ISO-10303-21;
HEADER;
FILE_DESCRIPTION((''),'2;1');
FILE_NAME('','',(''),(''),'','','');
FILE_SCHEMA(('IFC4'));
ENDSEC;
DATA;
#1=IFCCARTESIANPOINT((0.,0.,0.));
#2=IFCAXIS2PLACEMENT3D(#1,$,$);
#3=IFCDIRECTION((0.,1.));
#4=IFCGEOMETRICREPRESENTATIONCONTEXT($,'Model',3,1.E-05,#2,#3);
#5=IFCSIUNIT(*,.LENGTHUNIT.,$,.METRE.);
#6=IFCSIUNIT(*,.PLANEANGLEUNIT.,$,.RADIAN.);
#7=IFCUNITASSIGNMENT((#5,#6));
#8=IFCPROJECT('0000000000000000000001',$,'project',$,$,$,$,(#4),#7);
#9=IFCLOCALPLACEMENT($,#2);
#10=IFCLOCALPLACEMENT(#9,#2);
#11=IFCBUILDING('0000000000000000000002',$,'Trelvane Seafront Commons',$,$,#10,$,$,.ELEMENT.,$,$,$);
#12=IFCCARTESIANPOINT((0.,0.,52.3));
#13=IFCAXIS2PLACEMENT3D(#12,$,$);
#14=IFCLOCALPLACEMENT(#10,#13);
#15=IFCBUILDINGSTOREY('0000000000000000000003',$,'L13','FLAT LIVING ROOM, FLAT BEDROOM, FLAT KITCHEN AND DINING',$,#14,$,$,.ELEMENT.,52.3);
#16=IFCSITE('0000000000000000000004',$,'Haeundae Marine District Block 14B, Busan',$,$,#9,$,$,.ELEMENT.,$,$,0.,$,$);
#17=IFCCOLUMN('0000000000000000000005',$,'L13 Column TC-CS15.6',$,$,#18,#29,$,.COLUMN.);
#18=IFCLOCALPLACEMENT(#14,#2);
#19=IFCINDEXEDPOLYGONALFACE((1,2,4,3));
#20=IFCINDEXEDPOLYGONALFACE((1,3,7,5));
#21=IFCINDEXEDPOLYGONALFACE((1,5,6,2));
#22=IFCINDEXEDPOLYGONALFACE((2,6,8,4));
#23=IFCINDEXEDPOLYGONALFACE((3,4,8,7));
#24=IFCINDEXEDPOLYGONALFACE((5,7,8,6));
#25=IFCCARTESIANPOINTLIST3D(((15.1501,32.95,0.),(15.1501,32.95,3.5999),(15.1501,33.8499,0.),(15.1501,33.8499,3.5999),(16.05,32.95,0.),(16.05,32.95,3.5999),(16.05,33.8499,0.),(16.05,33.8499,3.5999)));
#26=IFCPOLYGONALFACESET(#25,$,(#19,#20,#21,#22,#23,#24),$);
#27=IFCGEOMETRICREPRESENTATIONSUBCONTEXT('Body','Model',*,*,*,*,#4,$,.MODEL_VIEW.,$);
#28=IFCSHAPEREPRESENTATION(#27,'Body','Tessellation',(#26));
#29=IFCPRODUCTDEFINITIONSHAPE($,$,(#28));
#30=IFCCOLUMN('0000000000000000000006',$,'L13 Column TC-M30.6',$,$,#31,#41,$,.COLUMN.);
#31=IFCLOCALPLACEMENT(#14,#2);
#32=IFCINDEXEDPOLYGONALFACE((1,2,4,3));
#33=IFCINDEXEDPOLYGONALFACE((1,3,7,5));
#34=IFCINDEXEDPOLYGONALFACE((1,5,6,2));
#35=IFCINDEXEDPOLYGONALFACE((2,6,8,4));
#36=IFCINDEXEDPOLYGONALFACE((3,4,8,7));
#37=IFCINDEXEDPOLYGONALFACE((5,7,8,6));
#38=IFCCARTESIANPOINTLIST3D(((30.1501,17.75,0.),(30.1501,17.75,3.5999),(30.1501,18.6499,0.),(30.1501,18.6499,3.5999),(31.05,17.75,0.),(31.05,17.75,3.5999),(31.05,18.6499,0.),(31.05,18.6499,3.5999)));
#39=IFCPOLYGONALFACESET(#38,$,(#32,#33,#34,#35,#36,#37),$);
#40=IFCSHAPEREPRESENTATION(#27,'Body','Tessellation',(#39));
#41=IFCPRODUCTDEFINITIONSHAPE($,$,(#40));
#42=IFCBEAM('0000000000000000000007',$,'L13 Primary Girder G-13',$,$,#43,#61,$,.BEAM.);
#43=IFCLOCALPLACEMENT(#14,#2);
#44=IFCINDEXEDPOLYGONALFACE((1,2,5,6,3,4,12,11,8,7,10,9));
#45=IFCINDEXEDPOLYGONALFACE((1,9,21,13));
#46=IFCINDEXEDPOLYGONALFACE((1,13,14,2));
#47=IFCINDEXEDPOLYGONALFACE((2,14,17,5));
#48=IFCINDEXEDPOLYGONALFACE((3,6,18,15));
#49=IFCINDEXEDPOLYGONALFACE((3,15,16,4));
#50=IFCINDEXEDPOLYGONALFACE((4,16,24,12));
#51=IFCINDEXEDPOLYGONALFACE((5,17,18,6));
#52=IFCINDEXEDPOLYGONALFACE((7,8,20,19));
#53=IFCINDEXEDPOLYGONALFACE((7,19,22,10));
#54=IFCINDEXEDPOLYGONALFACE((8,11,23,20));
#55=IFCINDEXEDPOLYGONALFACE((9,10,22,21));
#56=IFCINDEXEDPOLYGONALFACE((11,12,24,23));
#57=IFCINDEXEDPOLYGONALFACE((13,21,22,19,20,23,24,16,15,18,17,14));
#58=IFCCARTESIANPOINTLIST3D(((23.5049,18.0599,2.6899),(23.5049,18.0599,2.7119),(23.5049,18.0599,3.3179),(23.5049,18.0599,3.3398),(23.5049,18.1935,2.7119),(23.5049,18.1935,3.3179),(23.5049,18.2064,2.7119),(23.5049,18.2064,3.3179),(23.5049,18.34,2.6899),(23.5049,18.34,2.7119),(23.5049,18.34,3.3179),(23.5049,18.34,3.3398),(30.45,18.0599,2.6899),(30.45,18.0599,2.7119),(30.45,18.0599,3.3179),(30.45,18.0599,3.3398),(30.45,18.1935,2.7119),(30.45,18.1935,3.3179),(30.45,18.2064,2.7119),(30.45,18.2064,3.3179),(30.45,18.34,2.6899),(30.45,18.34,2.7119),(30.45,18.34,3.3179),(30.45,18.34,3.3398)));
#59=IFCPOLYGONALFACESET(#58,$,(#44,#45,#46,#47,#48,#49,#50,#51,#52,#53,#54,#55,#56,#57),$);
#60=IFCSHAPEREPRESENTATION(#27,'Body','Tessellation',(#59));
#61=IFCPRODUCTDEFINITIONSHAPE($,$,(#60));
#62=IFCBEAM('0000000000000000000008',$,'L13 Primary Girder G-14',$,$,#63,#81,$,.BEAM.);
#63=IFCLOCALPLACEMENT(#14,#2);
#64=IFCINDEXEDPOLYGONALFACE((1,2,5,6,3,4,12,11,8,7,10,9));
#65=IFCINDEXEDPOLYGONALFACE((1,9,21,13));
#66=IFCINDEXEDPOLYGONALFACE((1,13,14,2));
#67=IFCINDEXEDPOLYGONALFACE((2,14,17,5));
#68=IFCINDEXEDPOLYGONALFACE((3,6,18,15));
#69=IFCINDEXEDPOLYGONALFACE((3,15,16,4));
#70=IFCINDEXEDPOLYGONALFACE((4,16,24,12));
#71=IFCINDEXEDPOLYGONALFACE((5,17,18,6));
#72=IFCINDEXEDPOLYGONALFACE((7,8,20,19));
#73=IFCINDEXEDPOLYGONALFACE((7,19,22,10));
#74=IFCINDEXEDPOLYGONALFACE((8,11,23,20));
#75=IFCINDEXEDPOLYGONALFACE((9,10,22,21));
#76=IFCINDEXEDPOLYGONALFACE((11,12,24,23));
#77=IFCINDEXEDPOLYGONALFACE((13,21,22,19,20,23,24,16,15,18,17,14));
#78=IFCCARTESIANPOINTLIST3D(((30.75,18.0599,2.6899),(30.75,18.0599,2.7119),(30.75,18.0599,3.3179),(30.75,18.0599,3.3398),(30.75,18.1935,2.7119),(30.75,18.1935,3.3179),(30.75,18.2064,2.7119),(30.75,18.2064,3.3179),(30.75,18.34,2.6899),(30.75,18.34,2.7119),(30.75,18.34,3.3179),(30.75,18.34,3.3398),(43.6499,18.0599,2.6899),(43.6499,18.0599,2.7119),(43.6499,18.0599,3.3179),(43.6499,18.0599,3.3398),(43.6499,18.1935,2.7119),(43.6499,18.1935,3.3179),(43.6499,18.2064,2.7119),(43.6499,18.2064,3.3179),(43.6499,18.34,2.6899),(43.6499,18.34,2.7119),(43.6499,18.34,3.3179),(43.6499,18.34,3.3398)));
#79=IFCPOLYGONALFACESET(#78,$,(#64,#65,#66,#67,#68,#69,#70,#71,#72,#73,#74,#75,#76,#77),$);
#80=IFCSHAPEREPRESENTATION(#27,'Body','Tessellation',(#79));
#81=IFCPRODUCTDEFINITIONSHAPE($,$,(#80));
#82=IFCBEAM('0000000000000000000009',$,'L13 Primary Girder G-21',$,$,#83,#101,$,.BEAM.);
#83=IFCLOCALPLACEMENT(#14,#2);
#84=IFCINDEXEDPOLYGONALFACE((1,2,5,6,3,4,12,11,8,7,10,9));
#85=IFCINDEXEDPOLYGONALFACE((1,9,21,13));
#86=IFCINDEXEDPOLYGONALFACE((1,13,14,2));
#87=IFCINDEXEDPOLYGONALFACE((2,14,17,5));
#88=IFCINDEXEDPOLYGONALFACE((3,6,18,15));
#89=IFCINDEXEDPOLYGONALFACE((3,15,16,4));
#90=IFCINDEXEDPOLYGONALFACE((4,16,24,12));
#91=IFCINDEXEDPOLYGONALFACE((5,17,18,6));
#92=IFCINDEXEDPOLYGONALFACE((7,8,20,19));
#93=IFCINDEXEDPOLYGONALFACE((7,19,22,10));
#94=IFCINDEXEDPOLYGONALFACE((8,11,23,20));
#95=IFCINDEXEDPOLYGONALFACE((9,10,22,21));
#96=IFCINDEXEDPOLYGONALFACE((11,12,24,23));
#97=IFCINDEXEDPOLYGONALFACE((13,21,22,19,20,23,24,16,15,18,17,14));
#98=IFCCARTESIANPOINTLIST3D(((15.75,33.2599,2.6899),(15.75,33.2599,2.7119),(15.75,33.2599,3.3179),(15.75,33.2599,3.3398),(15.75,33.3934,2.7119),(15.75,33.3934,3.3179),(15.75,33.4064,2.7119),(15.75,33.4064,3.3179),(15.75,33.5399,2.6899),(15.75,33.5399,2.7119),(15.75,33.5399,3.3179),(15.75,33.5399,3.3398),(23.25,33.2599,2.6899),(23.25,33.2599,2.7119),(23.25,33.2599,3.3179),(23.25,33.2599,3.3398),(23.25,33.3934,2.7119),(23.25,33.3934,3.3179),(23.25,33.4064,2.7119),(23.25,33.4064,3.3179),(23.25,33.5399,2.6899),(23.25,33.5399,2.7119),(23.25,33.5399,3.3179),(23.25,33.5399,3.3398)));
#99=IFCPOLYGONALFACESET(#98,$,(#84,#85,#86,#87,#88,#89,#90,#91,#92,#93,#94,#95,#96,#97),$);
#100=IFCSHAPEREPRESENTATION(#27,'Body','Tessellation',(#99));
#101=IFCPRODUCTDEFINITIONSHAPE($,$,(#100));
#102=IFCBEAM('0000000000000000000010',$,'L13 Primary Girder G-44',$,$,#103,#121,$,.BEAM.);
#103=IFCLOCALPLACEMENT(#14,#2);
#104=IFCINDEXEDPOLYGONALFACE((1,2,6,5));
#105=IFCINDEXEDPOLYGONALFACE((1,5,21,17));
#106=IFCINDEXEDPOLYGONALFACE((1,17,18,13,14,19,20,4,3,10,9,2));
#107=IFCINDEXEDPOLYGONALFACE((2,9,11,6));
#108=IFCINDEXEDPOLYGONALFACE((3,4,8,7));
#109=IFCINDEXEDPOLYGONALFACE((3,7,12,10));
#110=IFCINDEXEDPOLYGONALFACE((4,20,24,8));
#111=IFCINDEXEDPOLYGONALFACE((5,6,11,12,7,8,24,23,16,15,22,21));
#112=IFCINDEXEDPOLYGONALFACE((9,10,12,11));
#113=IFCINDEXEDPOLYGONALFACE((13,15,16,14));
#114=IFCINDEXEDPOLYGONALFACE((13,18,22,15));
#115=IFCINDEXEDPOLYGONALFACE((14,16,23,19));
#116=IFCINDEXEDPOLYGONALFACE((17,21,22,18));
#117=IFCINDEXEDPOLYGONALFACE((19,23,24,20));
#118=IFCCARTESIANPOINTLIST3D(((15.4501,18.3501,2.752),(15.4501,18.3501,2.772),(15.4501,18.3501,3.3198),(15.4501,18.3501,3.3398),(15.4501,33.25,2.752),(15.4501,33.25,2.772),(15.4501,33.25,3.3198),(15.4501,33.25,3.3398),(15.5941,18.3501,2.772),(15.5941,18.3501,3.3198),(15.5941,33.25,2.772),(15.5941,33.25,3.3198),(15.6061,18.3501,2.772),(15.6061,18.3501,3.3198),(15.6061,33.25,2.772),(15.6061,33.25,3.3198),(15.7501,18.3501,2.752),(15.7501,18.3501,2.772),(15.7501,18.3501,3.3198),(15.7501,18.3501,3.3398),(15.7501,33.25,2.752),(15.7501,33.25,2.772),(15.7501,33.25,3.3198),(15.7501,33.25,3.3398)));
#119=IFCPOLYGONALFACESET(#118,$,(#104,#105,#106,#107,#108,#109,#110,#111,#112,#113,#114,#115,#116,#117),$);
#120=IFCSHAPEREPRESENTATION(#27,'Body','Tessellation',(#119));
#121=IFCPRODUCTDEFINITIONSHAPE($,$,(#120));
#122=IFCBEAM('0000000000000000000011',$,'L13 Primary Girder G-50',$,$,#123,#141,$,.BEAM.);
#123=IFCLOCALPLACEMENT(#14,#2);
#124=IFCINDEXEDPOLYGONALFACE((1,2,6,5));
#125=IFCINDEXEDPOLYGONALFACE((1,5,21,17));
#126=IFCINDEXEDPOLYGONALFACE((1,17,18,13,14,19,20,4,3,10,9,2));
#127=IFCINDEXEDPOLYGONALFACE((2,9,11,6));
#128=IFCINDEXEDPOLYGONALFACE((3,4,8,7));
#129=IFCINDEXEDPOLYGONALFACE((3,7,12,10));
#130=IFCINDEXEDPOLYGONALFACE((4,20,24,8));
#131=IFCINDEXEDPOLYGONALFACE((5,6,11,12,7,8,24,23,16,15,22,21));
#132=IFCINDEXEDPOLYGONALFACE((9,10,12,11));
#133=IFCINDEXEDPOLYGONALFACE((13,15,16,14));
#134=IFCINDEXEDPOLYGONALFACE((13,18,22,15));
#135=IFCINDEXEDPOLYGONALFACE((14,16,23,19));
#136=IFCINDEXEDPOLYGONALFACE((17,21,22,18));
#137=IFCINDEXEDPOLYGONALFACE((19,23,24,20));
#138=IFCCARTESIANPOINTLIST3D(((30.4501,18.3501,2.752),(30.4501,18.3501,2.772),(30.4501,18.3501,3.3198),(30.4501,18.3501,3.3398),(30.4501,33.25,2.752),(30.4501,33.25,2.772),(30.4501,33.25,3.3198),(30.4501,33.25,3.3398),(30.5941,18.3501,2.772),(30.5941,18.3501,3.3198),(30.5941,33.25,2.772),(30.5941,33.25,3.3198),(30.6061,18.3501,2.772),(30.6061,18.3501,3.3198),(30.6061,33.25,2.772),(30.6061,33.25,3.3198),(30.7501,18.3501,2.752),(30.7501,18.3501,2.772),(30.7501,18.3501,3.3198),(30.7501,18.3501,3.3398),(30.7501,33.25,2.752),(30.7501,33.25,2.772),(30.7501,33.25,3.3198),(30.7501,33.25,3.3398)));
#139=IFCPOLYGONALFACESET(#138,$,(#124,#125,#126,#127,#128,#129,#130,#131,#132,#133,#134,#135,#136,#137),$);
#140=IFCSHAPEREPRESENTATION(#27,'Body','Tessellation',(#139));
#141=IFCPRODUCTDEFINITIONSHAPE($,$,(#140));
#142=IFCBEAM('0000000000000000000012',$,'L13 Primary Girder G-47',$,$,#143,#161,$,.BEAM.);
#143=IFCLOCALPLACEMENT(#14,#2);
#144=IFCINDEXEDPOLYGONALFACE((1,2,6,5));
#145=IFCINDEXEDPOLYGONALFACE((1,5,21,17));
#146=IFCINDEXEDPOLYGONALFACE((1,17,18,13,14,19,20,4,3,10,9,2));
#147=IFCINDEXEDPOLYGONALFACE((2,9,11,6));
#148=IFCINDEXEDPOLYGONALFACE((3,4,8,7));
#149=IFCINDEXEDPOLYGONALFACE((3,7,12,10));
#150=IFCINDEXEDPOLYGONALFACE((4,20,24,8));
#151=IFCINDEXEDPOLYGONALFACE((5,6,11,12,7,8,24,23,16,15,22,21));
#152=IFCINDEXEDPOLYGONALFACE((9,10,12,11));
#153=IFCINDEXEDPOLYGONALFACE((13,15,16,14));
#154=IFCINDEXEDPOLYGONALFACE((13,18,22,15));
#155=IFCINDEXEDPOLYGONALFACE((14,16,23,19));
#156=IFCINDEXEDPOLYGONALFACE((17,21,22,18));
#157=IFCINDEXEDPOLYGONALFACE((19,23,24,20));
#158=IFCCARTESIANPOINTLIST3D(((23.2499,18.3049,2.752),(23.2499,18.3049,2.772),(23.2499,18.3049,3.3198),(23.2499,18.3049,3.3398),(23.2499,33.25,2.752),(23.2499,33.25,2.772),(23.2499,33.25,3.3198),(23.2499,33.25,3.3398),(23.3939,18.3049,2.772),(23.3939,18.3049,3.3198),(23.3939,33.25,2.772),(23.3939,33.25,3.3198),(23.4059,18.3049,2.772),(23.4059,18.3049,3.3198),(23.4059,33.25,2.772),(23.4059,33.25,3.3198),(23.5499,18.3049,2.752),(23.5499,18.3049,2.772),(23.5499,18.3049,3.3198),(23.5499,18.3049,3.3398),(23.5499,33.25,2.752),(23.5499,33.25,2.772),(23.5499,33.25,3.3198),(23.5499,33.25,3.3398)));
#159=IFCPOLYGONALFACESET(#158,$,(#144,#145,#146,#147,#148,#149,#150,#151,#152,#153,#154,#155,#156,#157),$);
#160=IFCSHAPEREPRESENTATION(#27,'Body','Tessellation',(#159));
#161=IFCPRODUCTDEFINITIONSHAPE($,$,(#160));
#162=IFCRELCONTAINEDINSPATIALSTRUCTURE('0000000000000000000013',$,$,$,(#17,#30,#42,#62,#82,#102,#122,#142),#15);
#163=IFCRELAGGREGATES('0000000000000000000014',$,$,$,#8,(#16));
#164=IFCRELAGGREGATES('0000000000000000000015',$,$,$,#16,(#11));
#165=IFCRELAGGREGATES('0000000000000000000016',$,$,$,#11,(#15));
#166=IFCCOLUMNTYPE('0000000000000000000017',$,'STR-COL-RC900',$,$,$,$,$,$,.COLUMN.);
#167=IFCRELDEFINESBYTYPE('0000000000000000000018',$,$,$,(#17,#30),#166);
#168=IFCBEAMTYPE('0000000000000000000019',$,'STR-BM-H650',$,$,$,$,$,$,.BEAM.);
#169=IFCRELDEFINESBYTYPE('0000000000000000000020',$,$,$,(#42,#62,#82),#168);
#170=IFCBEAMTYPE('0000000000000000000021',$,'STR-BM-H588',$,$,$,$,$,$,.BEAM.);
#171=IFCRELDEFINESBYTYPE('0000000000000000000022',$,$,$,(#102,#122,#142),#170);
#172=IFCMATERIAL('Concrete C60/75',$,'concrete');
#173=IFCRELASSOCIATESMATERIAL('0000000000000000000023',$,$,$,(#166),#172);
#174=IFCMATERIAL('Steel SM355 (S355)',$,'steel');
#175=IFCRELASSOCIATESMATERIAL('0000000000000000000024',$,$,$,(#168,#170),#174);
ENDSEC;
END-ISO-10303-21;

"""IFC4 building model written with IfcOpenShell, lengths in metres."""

from ifc_helpers import new_model, si_unit, direction, frame, origin, origin_2d, place, context, subcontext, project, spatial, rectangle, i_section, extrude, source, transform, mapped, material, material_profile, profile_set, type_object, element, save


model = new_model("IFC4")

# Units and contexts
model_context = context("Model", 3, precision=1e-05, world=origin(), true_north=direction((0.0, 1.0)))
body_context = subcontext(model_context, "Body", "Model", "MODEL_VIEW")
ifc_project = project(units=[si_unit("LENGTHUNIT", "METRE"), si_unit("PLANEANGLEUNIT", "RADIAN")], contexts=[model_context])

# Site, building, storey
site_placement = place(None, origin())
site = spatial("IfcSite", under=ifc_project, at=site_placement, Name="Haeundae Marine District Block 14B, Busan", CompositionType="ELEMENT", RefElevation=0.0)
building_placement = place(site_placement, origin())
building = spatial("IfcBuilding", under=site, at=building_placement, Name="Trelvane Seafront Commons", CompositionType="ELEMENT")
storey_placement = place(building_placement, frame((0.0, 0.0, 52.3)))
storey = spatial("IfcBuildingStorey", under=building, at=storey_placement, Name="L13", Description="FLAT LIVING ROOM, FLAT BEDROOM, FLAT KITCHEN AND DINING", CompositionType="ELEMENT", Elevation=52.3)

# Columns
ifc_material_1 = material(Name="Concrete C60/75", Category="concrete")
ifc_material_profile_1 = material_profile(ifc_material_1, rectangle(XDim=0.8999, YDim=0.8999, at=origin_2d()), Name="RC-900x900")
ifc_profile_set_1 = profile_set([ifc_material_profile_1], Name="Concrete C60/75")
column_type = type_object("IfcColumnType", Name="STR-COL-RC900", PredefinedType="COLUMN", material=ifc_profile_set_1)
shared_shape_1 = source(origin(), body_context, "Body", "SweptSolid", [
    extrude(rectangle(XDim=0.8999, YDim=0.8999, at=origin_2d()), origin(), (0.0, 0.0, 1.0), 3.5999),
])
for number, where, z_axis, x_axis, name in (
    (1, (15.6001, 33.3999, 0.0), (0.0, 0.0, 1.0), (1.0, 0.0, 0.0), "L13 Column TC-CS15.6"),
    (2, (30.6001, 18.2, 0.0), (0.0, 0.0, 1.0), (1.0, 0.0, 0.0), "L13 Column TC-M30.6"),
):
    element("IfcColumn", number, at=place(storey_placement, frame(where, z_axis=z_axis, x_axis=x_axis)), inside=storey, type_object=column_type, Name=name, PredefinedType="COLUMN", context=body_context, shape_type="MappedRepresentation", body=[
        mapped(shared_shape_1, transform((0.0, 0.0, 0.0), x_axis=(1.0, 0.0, 0.0), y_axis=(0.0, 1.0, 0.0), z_axis=(0.0, 0.0, 1.0), scale=1.0)),
    ])

# Beams
ifc_material_2 = material(Name="Steel SM355 (S355)", Category="steel")
ifc_material_profile_2 = material_profile(ifc_material_2, i_section(OverallWidth=0.28, OverallDepth=0.6499, WebThickness=0.0129, FlangeThickness=0.022, at=origin_2d()), Name="H-650x280x13x22")
ifc_profile_set_2 = profile_set([ifc_material_profile_2], Name="Steel SM355 (S355)")
beam_type_1 = type_object("IfcBeamType", Name="STR-BM-H650", PredefinedType="BEAM", material=ifc_profile_set_2)
shared_shape_2 = source(origin(), body_context, "Body", "SweptSolid", [
    extrude(i_section(OverallWidth=0.28, OverallDepth=0.6499, WebThickness=0.0129, FlangeThickness=0.022, at=origin_2d()), origin(), (0.0, 0.0, 1.0), 6.9451),
])
beam_1_placement = place(storey_placement, frame((23.5049, 18.2, 3.0149), z_axis=(1.0, 0.0, 0.0), x_axis=(0.0, 1.0, 0.0)))
element("IfcBeam", 3, at=beam_1_placement, inside=storey, type_object=beam_type_1, Name="L13 Primary Girder G-13", PredefinedType="BEAM", context=body_context, shape_type="MappedRepresentation", body=[
    mapped(shared_shape_2, transform((0.0, 0.0, 0.0), x_axis=(1.0, 0.0, 0.0), y_axis=(0.0, 1.0, 0.0), z_axis=(0.0, 0.0, 1.0), scale=1.0)),
])
shared_shape_3 = source(origin(), body_context, "Body", "SweptSolid", [
    extrude(i_section(OverallWidth=0.28, OverallDepth=0.6499, WebThickness=0.0129, FlangeThickness=0.022, at=origin_2d()), origin(), (0.0, 0.0, 1.0), 12.8999),
])
beam_2_placement = place(storey_placement, frame((30.75, 18.2, 3.0149), z_axis=(1.0, 0.0, 0.0), x_axis=(0.0, 1.0, 0.0)))
element("IfcBeam", 4, at=beam_2_placement, inside=storey, type_object=beam_type_1, Name="L13 Primary Girder G-14", PredefinedType="BEAM", context=body_context, shape_type="MappedRepresentation", body=[
    mapped(shared_shape_3, transform((0.0, 0.0, 0.0), x_axis=(1.0, 0.0, 0.0), y_axis=(0.0, 1.0, 0.0), z_axis=(0.0, 0.0, 1.0), scale=1.0)),
])
shared_shape_4 = source(origin(), body_context, "Body", "SweptSolid", [
    extrude(i_section(OverallWidth=0.28, OverallDepth=0.6499, WebThickness=0.0129, FlangeThickness=0.022, at=origin_2d()), origin(), (0.0, 0.0, 1.0), 7.5),
])
beam_3_placement = place(storey_placement, frame((15.75, 33.3999, 3.0149), z_axis=(1.0, 0.0, 0.0), x_axis=(0.0, 1.0, 0.0)))
element("IfcBeam", 5, at=beam_3_placement, inside=storey, type_object=beam_type_1, Name="L13 Primary Girder G-21", PredefinedType="BEAM", context=body_context, shape_type="MappedRepresentation", body=[
    mapped(shared_shape_4, transform((0.0, 0.0, 0.0), x_axis=(1.0, 0.0, 0.0), y_axis=(0.0, 1.0, 0.0), z_axis=(0.0, 0.0, 1.0), scale=1.0)),
])
ifc_material_profile_3 = material_profile(ifc_material_2, i_section(OverallWidth=0.3, OverallDepth=0.5879, WebThickness=0.012, FlangeThickness=0.02, at=origin_2d()), Name="H-588x300x12x20")
ifc_profile_set_3 = profile_set([ifc_material_profile_3], Name="Steel SM355 (S355)")
beam_type_2 = type_object("IfcBeamType", Name="STR-BM-H588", PredefinedType="BEAM", material=ifc_profile_set_3)
shared_shape_5 = source(origin(), body_context, "Body", "SweptSolid", [
    extrude(i_section(OverallWidth=0.3, OverallDepth=0.5879, WebThickness=0.012, FlangeThickness=0.02, at=origin_2d()), origin(), (0.0, 0.0, 1.0), 14.8999),
])
for number, where, z_axis, x_axis, name in (
    (6, (15.6001, 18.3501, 3.0459), (0.0, 1.0, 0.0), (-1.0, 0.0, 0.0), "L13 Primary Girder G-44"),
    (7, (30.6001, 18.3501, 3.0459), (0.0, 1.0, 0.0), (-1.0, 0.0, 0.0), "L13 Primary Girder G-50"),
):
    element("IfcBeam", number, at=place(storey_placement, frame(where, z_axis=z_axis, x_axis=x_axis)), inside=storey, type_object=beam_type_2, Name=name, PredefinedType="BEAM", context=body_context, shape_type="MappedRepresentation", body=[
        mapped(shared_shape_5, transform((0.0, 0.0, 0.0), x_axis=(1.0, 0.0, 0.0), y_axis=(0.0, 1.0, 0.0), z_axis=(0.0, 0.0, 1.0), scale=1.0)),
    ])
shared_shape_6 = source(origin(), body_context, "Body", "SweptSolid", [
    extrude(i_section(OverallWidth=0.3, OverallDepth=0.5879, WebThickness=0.012, FlangeThickness=0.02, at=origin_2d()), origin(), (0.0, 0.0, 1.0), 14.9451),
])
beam_4_placement = place(storey_placement, frame((23.3999, 18.3049, 3.0459), z_axis=(0.0, 1.0, 0.0), x_axis=(-1.0, 0.0, 0.0)))
element("IfcBeam", 8, at=beam_4_placement, inside=storey, type_object=beam_type_2, Name="L13 Primary Girder G-47", PredefinedType="BEAM", context=body_context, shape_type="MappedRepresentation", body=[
    mapped(shared_shape_6, transform((0.0, 0.0, 0.0), x_axis=(1.0, 0.0, 0.0), y_axis=(0.0, 1.0, 0.0), z_axis=(0.0, 0.0, 1.0), scale=1.0)),
])

save(model, "model.ifc")
